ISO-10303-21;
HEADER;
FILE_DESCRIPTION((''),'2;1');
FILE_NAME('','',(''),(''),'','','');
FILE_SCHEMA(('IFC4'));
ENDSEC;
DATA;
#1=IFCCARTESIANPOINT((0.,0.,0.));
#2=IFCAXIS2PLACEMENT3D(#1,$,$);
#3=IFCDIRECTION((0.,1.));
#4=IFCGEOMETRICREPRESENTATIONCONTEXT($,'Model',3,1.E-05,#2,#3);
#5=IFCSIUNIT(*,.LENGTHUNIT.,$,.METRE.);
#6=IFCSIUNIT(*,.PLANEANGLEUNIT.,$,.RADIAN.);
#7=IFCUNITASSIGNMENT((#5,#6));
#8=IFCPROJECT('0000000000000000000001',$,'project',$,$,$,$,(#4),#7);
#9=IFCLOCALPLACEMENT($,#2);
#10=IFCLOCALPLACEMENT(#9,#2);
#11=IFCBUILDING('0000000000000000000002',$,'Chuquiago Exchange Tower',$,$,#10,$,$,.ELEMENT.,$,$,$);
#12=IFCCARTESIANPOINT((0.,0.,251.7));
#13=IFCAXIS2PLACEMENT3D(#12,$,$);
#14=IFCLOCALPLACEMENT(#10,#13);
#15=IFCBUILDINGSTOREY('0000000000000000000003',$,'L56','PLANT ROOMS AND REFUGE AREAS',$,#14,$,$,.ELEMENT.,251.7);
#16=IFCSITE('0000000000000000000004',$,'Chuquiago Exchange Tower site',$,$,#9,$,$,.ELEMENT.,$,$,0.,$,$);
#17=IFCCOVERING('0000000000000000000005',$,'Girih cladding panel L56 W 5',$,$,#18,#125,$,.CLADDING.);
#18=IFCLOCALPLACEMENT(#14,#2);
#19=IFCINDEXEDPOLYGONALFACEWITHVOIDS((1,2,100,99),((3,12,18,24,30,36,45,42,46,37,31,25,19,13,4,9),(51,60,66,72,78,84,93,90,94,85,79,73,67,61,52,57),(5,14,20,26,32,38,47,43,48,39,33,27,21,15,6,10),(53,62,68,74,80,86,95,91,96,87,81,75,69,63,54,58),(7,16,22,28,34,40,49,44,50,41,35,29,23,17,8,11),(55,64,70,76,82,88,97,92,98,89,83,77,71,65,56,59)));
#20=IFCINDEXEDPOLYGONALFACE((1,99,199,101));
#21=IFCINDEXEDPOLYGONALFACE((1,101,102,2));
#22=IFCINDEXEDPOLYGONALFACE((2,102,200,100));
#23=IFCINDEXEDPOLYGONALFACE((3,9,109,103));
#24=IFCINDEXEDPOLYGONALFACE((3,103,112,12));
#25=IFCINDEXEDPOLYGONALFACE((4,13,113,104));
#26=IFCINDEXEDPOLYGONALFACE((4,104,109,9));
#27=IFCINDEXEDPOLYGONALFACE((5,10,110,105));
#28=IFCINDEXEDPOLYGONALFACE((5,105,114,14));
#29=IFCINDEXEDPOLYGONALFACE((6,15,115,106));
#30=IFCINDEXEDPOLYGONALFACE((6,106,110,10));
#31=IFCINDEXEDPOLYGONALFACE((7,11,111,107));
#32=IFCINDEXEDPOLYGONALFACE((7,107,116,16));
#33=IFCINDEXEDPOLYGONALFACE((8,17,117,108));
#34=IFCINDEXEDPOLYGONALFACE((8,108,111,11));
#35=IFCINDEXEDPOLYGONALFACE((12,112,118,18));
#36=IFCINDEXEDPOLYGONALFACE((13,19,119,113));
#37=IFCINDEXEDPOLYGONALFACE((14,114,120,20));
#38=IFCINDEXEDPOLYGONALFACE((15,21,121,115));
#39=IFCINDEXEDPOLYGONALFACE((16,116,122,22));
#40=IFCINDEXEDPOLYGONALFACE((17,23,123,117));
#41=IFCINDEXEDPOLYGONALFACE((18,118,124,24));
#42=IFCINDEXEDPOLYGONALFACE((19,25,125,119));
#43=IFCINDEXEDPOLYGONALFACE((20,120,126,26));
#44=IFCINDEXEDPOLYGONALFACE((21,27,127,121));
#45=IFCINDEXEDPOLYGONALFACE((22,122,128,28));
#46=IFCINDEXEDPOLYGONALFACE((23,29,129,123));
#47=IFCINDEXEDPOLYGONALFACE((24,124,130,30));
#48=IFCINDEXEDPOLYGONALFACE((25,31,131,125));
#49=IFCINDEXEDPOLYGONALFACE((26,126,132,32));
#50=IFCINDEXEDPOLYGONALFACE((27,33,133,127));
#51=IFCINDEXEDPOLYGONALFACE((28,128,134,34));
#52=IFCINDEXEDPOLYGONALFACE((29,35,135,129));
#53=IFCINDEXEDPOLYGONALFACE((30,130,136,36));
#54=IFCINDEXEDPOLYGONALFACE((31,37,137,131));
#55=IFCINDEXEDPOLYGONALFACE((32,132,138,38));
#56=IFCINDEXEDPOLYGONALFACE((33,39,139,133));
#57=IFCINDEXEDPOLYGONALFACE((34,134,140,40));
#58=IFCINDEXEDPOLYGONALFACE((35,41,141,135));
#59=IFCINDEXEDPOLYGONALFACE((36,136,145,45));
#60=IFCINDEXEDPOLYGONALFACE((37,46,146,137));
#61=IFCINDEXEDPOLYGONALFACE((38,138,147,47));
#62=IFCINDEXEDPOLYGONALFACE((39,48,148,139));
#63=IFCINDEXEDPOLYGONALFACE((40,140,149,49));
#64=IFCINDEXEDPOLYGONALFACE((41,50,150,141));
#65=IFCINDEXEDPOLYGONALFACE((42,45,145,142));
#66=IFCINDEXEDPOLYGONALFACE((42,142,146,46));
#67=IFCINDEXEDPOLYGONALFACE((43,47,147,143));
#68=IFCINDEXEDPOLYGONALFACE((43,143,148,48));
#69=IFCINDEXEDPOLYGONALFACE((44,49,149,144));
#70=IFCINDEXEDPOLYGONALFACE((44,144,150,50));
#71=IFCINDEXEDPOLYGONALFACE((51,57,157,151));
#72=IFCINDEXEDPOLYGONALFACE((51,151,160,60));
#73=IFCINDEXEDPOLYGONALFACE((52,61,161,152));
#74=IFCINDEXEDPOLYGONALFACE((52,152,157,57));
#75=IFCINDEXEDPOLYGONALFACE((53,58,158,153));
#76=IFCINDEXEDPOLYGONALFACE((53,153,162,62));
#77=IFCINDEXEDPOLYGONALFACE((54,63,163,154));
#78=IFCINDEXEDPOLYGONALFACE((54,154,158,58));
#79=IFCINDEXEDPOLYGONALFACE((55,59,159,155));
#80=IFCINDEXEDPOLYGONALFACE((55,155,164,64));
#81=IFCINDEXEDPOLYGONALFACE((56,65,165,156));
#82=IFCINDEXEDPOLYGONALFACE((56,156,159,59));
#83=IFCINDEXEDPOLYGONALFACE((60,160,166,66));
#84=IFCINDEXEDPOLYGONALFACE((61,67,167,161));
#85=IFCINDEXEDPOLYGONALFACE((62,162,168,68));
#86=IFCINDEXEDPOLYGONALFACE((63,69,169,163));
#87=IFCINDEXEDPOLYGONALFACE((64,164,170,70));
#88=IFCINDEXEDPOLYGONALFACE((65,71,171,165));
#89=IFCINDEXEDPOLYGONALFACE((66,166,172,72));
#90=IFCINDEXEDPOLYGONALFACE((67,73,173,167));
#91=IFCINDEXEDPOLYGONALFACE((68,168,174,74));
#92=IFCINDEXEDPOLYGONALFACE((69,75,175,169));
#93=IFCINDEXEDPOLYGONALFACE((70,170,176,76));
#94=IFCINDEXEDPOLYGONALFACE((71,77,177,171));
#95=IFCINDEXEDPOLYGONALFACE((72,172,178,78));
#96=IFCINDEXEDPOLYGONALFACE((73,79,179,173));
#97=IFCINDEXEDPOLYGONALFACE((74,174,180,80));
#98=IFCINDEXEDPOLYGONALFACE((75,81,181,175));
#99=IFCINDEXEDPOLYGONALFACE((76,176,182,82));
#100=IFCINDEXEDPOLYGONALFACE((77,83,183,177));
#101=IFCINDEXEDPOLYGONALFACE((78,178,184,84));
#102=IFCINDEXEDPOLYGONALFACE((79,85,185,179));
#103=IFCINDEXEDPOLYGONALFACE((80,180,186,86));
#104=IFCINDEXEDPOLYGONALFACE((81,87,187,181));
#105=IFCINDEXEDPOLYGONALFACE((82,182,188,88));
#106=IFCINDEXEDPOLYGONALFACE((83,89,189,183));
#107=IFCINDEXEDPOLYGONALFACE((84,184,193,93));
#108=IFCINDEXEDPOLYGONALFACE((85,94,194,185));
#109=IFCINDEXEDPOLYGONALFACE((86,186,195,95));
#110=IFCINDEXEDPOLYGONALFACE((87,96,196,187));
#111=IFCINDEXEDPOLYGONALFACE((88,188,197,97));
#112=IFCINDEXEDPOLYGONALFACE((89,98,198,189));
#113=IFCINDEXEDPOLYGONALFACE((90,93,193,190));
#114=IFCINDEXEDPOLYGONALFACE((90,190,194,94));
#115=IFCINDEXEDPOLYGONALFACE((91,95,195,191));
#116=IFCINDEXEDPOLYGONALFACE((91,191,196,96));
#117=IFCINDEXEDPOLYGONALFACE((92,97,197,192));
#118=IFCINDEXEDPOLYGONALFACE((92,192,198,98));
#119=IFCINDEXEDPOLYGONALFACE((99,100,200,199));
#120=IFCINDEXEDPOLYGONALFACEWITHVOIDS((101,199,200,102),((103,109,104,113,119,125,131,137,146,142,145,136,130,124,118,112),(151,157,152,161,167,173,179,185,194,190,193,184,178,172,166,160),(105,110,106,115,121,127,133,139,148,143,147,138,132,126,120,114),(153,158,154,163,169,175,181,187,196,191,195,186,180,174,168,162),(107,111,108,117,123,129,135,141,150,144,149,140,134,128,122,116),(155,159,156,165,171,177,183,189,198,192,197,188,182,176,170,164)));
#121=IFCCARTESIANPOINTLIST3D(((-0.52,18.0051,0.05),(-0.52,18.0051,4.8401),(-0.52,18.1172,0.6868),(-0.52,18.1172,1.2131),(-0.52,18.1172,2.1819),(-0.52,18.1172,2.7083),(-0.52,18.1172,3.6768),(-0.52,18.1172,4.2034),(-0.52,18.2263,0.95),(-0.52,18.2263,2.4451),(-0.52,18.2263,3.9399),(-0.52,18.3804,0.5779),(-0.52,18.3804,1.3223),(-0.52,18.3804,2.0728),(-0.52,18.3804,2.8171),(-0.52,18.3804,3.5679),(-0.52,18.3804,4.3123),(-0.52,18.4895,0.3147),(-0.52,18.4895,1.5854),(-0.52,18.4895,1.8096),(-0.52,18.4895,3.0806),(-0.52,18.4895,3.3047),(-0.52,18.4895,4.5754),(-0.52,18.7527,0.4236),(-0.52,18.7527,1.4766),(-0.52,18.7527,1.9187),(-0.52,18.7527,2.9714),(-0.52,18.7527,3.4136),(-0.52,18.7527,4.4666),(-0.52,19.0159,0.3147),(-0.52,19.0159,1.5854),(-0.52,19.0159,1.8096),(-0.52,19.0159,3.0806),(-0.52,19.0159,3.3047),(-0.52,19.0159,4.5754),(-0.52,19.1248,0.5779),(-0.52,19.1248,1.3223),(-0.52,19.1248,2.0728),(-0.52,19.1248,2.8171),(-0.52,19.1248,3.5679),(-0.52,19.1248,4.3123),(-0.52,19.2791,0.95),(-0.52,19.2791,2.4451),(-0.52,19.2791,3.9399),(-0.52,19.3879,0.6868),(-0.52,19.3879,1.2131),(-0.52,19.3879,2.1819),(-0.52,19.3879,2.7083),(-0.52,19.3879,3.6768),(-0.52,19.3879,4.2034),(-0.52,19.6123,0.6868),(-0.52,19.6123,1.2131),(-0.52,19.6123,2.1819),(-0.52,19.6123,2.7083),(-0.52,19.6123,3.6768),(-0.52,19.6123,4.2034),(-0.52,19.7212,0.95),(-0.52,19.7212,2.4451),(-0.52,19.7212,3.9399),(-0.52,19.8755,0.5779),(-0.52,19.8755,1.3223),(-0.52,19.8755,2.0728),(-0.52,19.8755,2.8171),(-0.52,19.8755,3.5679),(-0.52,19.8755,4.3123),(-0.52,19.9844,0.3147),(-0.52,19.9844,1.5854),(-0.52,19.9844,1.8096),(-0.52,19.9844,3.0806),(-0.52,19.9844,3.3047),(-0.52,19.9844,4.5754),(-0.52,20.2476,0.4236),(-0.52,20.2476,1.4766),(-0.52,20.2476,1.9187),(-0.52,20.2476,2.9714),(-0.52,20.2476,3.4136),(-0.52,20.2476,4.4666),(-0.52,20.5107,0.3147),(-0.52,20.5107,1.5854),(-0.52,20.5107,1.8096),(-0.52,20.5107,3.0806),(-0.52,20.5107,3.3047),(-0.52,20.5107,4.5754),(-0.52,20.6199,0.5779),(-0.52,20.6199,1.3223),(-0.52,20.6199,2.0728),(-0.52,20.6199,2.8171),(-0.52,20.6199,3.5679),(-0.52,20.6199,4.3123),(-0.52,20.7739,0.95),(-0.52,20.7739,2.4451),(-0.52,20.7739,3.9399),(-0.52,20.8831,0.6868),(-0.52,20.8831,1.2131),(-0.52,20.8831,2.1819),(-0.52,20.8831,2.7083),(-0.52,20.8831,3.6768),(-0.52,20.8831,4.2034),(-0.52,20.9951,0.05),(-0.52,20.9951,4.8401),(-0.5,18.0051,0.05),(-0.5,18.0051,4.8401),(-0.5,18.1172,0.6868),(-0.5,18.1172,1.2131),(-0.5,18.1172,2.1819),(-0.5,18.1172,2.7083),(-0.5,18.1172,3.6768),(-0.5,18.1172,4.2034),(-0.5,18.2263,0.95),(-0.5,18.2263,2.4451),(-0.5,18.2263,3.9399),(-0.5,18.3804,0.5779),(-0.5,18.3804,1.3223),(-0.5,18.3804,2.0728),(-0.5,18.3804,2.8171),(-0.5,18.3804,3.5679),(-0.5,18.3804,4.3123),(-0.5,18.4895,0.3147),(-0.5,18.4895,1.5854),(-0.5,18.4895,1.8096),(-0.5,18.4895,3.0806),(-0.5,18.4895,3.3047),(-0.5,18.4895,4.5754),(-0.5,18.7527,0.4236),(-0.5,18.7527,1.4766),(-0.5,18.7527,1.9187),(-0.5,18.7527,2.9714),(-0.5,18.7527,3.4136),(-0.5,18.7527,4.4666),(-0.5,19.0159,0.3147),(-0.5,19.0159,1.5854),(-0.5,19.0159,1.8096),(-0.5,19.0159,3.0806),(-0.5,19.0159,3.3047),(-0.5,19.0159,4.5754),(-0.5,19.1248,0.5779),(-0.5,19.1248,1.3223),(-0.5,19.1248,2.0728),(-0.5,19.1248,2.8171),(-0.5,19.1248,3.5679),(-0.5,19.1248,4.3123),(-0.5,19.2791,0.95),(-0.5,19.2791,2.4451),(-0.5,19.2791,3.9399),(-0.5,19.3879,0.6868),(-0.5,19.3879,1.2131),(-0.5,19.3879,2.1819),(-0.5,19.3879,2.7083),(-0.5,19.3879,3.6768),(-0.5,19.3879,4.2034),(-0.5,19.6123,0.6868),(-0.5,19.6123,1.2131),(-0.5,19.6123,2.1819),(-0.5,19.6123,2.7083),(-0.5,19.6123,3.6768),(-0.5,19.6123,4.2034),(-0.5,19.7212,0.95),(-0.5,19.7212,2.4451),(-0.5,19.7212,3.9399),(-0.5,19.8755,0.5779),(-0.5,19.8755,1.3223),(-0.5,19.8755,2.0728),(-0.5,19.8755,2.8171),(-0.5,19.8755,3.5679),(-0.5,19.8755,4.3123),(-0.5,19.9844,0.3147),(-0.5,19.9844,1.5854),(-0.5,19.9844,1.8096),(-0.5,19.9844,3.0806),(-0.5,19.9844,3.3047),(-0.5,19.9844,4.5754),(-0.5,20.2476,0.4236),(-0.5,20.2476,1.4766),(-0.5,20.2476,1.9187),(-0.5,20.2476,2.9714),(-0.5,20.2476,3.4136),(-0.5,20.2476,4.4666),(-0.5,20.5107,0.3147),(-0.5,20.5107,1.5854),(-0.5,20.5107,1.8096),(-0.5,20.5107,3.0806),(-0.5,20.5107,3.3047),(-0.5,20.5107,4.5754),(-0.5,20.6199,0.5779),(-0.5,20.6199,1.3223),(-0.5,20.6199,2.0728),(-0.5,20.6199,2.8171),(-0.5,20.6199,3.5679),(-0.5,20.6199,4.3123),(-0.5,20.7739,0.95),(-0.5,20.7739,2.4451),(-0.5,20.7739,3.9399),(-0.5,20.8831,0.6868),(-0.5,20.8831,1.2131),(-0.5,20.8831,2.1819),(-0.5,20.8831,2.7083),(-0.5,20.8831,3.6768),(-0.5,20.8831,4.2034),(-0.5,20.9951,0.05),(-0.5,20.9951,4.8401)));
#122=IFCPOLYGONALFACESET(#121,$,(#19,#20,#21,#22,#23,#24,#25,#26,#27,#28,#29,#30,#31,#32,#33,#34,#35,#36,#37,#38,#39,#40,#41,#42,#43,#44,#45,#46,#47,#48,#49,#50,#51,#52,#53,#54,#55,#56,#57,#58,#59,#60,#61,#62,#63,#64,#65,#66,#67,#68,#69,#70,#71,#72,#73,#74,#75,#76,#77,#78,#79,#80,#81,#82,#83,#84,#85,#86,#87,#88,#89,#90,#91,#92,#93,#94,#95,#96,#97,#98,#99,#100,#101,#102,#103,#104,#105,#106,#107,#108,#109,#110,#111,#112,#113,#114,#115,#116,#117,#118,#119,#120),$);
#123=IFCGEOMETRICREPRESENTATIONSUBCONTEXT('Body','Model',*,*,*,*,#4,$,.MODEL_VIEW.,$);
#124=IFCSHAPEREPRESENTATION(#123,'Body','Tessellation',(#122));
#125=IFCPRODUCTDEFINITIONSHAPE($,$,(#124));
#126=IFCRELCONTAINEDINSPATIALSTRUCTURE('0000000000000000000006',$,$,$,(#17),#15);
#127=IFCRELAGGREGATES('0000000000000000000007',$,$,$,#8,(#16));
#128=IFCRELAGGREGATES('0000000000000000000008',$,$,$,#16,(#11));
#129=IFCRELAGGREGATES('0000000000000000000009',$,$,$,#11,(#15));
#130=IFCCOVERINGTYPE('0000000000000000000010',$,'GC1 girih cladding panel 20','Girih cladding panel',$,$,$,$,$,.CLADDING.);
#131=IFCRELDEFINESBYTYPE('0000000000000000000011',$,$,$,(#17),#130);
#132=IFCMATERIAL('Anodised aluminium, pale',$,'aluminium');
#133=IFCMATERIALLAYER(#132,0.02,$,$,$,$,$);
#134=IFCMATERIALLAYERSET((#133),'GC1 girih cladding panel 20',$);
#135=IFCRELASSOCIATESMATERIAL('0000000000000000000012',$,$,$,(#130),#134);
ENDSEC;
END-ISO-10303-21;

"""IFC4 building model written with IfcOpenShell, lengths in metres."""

from ifc_helpers import new_model, si_unit, direction, frame, origin, place, context, subcontext, project, spatial, polyline, outline, extrude, material, layer, layer_set, type_object, element, save


model = new_model("IFC4")

# Units and contexts
model_context = context("Model", 3, precision=1e-05, world=origin(), true_north=direction((0.0, 1.0)))
body_context = subcontext(model_context, "Body", "Model", "MODEL_VIEW")
ifc_project = project(units=[si_unit("LENGTHUNIT", "METRE"), si_unit("PLANEANGLEUNIT", "RADIAN")], contexts=[model_context])

# Site, building, storey
site_placement = place(None, origin())
site = spatial("IfcSite", under=ifc_project, at=site_placement, Name="Chuquiago Exchange Tower site", CompositionType="ELEMENT", RefElevation=0.0)
building_placement = place(site_placement, origin())
building = spatial("IfcBuilding", under=site, at=building_placement, Name="Chuquiago Exchange Tower", CompositionType="ELEMENT")
storey_placement = place(building_placement, frame((0.0, 0.0, 251.7)))
storey = spatial("IfcBuildingStorey", under=building, at=storey_placement, Name="L56", Description="PLANT ROOMS AND REFUGE AREAS", CompositionType="ELEMENT", Elevation=251.7)

# Covering
ifc_material_1 = material(Name="Anodised aluminium, pale", Category="aluminium")
ifc_layer_1 = layer(ifc_material_1, 0.02)
ifc_layer_set_1 = layer_set([ifc_layer_1], Name="GC1 girih cladding panel 20")
covering_type_1 = type_object("IfcCoveringType", Name="GC1 girih cladding panel 20", Description="Girih cladding panel", PredefinedType="CLADDING", material=ifc_layer_set_1)
covering_1_placement = place(storey_placement, frame((-0.5, 20.9951, 0.05), z_axis=(0.0, 0.0, 1.0), x_axis=(0.0, -1.0, 0.0)))
element("IfcCovering", 1, at=covering_1_placement, inside=storey, type_object=covering_type_1, Name="Girih cladding panel L56 W 5", PredefinedType="CLADDING", context=body_context, shape_type="SweptSolid", body=[
    extrude(outline(polyline([(0.0, 0.0), (2.99, 0.0), (2.99, 4.79), (0.0, 4.79), (0.0, 0.0)]), holes=[polyline([(1.2739, 0.8999), (1.3828, 1.1631), (1.1196, 1.2722), (1.0107, 1.5354), (0.7476, 1.4265), (0.4844, 1.5354), (0.3752, 1.2722), (0.1121, 1.1631), (0.2212, 0.8999), (0.1121, 0.6367), (0.3752, 0.5278), (0.4844, 0.2646), (0.7476, 0.3735), (1.0107, 0.2646), (1.1196, 0.5278), (1.3828, 0.6367), (1.2739, 0.8999)]), polyline([(2.7688, 0.8999), (2.8779, 1.1631), (2.6147, 1.2722), (2.5056, 1.5354), (2.2424, 1.4265), (1.9792, 1.5354), (1.8704, 1.2722), (1.6072, 1.1631), (1.7161, 0.8999), (1.6072, 0.6367), (1.8704, 0.5278), (1.9792, 0.2646), (2.2424, 0.3735), (2.5056, 0.2646), (2.6147, 0.5278), (2.8779, 0.6367), (2.7688, 0.8999)]), polyline([(1.2739, 2.395), (1.3828, 2.6582), (1.1196, 2.7671), (1.0107, 3.0305), (0.7476, 2.9214), (0.4844, 3.0305), (0.3752, 2.7671), (0.1121, 2.6582), (0.2212, 2.395), (0.1121, 2.1318), (0.3752, 2.0227), (0.4844, 1.7595), (0.7476, 1.8687), (1.0107, 1.7595), (1.1196, 2.0227), (1.3828, 2.1318), (1.2739, 2.395)]), polyline([(2.7688, 2.395), (2.8779, 2.6582), (2.6147, 2.7671), (2.5056, 3.0305), (2.2424, 2.9214), (1.9792, 3.0305), (1.8704, 2.7671), (1.6072, 2.6582), (1.7161, 2.395), (1.6072, 2.1318), (1.8704, 2.0227), (1.9792, 1.7595), (2.2424, 1.8687), (2.5056, 1.7595), (2.6147, 2.0227), (2.8779, 2.1318), (2.7688, 2.395)]), polyline([(1.2739, 3.8899), (1.3828, 4.1533), (1.1196, 4.2622), (1.0107, 4.5254), (0.7476, 4.4165), (0.4844, 4.5254), (0.3752, 4.2622), (0.1121, 4.1533), (0.2212, 3.8899), (0.1121, 3.6267), (0.3752, 3.5178), (0.4844, 3.2546), (0.7476, 3.3635), (1.0107, 3.2546), (1.1196, 3.5178), (1.3828, 3.6267), (1.2739, 3.8899)]), polyline([(2.7688, 3.8899), (2.8779, 4.1533), (2.6147, 4.2622), (2.5056, 4.5254), (2.2424, 4.4165), (1.9792, 4.5254), (1.8704, 4.2622), (1.6072, 4.1533), (1.7161, 3.8899), (1.6072, 3.6267), (1.8704, 3.5178), (1.9792, 3.2546), (2.2424, 3.3635), (2.5056, 3.2546), (2.6147, 3.5178), (2.8779, 3.6267), (2.7688, 3.8899)])]), frame((0.0, 0.0, 0.0), z_axis=(0.0, -1.0, 0.0), x_axis=(1.0, 0.0, 0.0)), (0.0, 0.0, 1.0), 0.02),
])

save(model, "model.ifc")
